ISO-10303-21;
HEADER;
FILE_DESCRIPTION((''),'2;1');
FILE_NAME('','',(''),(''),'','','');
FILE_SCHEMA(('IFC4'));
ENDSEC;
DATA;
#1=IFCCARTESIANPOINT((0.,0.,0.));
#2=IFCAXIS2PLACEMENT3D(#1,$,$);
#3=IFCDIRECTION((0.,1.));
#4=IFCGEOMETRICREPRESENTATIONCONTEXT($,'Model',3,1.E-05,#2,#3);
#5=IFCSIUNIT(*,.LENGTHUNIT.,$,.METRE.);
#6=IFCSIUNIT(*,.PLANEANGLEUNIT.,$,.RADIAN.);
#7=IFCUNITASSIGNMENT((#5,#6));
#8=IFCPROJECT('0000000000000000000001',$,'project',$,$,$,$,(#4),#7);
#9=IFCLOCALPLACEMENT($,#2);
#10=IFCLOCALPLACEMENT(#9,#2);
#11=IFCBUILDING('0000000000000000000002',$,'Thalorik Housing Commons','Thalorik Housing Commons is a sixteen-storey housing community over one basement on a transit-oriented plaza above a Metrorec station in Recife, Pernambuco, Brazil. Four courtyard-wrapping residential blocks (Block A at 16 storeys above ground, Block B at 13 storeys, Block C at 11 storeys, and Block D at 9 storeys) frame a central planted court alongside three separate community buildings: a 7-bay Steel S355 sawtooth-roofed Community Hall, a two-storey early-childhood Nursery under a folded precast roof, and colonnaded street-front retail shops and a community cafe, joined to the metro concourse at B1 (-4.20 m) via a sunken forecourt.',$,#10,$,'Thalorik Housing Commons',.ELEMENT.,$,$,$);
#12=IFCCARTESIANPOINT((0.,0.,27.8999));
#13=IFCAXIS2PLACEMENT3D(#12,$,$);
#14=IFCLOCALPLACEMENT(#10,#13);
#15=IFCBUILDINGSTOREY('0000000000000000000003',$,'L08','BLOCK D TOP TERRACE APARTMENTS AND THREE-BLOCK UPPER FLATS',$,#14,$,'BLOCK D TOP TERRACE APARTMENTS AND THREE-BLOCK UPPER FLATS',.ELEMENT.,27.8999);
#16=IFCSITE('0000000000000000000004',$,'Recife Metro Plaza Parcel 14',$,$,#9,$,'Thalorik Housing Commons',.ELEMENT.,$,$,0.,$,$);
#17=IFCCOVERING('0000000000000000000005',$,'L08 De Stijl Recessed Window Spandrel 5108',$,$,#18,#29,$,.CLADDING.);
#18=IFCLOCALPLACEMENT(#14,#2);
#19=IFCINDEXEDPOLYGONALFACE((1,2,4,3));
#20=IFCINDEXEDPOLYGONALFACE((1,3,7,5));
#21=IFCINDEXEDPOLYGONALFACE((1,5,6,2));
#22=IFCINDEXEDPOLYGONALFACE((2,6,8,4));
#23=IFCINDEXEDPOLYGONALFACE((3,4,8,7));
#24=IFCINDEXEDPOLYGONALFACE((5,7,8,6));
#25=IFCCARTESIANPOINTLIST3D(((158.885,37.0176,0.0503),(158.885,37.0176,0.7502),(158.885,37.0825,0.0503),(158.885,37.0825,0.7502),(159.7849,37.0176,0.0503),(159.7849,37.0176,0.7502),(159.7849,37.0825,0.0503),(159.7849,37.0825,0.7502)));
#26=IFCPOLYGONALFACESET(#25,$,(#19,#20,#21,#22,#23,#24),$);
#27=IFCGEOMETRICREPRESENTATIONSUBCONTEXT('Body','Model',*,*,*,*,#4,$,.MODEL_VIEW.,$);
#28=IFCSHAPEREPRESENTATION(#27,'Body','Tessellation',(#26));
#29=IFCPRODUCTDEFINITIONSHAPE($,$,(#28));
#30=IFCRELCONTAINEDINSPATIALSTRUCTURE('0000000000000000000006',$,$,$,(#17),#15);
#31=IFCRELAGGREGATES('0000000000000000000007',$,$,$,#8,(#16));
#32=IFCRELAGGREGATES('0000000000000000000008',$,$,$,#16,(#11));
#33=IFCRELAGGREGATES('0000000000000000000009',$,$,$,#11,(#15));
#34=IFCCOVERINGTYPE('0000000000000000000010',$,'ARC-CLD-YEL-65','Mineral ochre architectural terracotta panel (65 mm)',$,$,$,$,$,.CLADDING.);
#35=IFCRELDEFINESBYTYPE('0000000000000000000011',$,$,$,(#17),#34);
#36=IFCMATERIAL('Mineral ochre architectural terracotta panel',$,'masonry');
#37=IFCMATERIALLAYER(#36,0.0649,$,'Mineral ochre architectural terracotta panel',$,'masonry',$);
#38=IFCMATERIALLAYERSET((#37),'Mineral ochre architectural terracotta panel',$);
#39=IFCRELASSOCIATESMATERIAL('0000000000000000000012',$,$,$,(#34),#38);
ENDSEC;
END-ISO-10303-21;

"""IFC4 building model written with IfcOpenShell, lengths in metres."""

from ifc_helpers import new_model, si_unit, direction, frame, origin, origin_2d, place, context, subcontext, project, spatial, rectangle, extrude, material, layer, layer_set, type_object, element, save


model = new_model("IFC4")

# Units and contexts
model_context = context("Model", 3, precision=1e-05, world=origin(), true_north=direction((0.0, 1.0)))
body_context = subcontext(model_context, "Body", "Model", "MODEL_VIEW")
ifc_project = project(units=[si_unit("LENGTHUNIT", "METRE"), si_unit("PLANEANGLEUNIT", "RADIAN")], contexts=[model_context])

# Site, building, storey
site_placement = place(None, origin())
site = spatial("IfcSite", under=ifc_project, at=site_placement, Name="Recife Metro Plaza Parcel 14", LongName="Thalorik Housing Commons", CompositionType="ELEMENT", RefElevation=0.0)
building_placement = place(site_placement, origin())
building = spatial("IfcBuilding", under=site, at=building_placement, Name="Thalorik Housing Commons", Description="Thalorik Housing Commons is a sixteen-storey housing community over one basement on a transit-oriented plaza above a Metrorec station in Recife, Pernambuco, Brazil. Four courtyard-wrapping residential blocks (Block A at 16 storeys above ground, Block B at 13 storeys, Block C at 11 storeys, and Block D at 9 storeys) frame a central planted court alongside three separate community buildings: a 7-bay Steel S355 sawtooth-roofed Community Hall, a two-storey early-childhood Nursery under a folded precast roof, and colonnaded street-front retail shops and a community cafe, joined to the metro concourse at B1 (-4.20 m) via a sunken forecourt.", LongName="Thalorik Housing Commons", CompositionType="ELEMENT")
storey_placement = place(building_placement, frame((0.0, 0.0, 27.8999)))
storey = spatial("IfcBuildingStorey", under=building, at=storey_placement, Name="L08", Description="BLOCK D TOP TERRACE APARTMENTS AND THREE-BLOCK UPPER FLATS", LongName="BLOCK D TOP TERRACE APARTMENTS AND THREE-BLOCK UPPER FLATS", CompositionType="ELEMENT", Elevation=27.8999)

# Covering
ifc_material_1 = material(Name="Mineral ochre architectural terracotta panel", Category="masonry")
ifc_layer_1 = layer(ifc_material_1, 0.0649, Name="Mineral ochre architectural terracotta panel", Category="masonry")
ifc_layer_set_1 = layer_set([ifc_layer_1], Name="Mineral ochre architectural terracotta panel")
covering_type_1 = type_object("IfcCoveringType", Name="ARC-CLD-YEL-65", Description="Mineral ochre architectural terracotta panel (65 mm)", PredefinedType="CLADDING", material=ifc_layer_set_1)
covering_1_placement = place(storey_placement, frame((159.335, 37.05, 0.0503), z_axis=(0.0, 0.0, 1.0), x_axis=(1.0, 0.0, 0.0)))
element("IfcCovering", 1, at=covering_1_placement, inside=storey, type_object=covering_type_1, Name="L08 De Stijl Recessed Window Spandrel 5108", PredefinedType="CLADDING", context=body_context, shape_type="SweptSolid", body=[
    extrude(rectangle(XDim=0.8999, YDim=0.0649, at=origin_2d()), origin(), (0.0, 0.0, 1.0), 0.7),
])

save(model, "model.ifc")
